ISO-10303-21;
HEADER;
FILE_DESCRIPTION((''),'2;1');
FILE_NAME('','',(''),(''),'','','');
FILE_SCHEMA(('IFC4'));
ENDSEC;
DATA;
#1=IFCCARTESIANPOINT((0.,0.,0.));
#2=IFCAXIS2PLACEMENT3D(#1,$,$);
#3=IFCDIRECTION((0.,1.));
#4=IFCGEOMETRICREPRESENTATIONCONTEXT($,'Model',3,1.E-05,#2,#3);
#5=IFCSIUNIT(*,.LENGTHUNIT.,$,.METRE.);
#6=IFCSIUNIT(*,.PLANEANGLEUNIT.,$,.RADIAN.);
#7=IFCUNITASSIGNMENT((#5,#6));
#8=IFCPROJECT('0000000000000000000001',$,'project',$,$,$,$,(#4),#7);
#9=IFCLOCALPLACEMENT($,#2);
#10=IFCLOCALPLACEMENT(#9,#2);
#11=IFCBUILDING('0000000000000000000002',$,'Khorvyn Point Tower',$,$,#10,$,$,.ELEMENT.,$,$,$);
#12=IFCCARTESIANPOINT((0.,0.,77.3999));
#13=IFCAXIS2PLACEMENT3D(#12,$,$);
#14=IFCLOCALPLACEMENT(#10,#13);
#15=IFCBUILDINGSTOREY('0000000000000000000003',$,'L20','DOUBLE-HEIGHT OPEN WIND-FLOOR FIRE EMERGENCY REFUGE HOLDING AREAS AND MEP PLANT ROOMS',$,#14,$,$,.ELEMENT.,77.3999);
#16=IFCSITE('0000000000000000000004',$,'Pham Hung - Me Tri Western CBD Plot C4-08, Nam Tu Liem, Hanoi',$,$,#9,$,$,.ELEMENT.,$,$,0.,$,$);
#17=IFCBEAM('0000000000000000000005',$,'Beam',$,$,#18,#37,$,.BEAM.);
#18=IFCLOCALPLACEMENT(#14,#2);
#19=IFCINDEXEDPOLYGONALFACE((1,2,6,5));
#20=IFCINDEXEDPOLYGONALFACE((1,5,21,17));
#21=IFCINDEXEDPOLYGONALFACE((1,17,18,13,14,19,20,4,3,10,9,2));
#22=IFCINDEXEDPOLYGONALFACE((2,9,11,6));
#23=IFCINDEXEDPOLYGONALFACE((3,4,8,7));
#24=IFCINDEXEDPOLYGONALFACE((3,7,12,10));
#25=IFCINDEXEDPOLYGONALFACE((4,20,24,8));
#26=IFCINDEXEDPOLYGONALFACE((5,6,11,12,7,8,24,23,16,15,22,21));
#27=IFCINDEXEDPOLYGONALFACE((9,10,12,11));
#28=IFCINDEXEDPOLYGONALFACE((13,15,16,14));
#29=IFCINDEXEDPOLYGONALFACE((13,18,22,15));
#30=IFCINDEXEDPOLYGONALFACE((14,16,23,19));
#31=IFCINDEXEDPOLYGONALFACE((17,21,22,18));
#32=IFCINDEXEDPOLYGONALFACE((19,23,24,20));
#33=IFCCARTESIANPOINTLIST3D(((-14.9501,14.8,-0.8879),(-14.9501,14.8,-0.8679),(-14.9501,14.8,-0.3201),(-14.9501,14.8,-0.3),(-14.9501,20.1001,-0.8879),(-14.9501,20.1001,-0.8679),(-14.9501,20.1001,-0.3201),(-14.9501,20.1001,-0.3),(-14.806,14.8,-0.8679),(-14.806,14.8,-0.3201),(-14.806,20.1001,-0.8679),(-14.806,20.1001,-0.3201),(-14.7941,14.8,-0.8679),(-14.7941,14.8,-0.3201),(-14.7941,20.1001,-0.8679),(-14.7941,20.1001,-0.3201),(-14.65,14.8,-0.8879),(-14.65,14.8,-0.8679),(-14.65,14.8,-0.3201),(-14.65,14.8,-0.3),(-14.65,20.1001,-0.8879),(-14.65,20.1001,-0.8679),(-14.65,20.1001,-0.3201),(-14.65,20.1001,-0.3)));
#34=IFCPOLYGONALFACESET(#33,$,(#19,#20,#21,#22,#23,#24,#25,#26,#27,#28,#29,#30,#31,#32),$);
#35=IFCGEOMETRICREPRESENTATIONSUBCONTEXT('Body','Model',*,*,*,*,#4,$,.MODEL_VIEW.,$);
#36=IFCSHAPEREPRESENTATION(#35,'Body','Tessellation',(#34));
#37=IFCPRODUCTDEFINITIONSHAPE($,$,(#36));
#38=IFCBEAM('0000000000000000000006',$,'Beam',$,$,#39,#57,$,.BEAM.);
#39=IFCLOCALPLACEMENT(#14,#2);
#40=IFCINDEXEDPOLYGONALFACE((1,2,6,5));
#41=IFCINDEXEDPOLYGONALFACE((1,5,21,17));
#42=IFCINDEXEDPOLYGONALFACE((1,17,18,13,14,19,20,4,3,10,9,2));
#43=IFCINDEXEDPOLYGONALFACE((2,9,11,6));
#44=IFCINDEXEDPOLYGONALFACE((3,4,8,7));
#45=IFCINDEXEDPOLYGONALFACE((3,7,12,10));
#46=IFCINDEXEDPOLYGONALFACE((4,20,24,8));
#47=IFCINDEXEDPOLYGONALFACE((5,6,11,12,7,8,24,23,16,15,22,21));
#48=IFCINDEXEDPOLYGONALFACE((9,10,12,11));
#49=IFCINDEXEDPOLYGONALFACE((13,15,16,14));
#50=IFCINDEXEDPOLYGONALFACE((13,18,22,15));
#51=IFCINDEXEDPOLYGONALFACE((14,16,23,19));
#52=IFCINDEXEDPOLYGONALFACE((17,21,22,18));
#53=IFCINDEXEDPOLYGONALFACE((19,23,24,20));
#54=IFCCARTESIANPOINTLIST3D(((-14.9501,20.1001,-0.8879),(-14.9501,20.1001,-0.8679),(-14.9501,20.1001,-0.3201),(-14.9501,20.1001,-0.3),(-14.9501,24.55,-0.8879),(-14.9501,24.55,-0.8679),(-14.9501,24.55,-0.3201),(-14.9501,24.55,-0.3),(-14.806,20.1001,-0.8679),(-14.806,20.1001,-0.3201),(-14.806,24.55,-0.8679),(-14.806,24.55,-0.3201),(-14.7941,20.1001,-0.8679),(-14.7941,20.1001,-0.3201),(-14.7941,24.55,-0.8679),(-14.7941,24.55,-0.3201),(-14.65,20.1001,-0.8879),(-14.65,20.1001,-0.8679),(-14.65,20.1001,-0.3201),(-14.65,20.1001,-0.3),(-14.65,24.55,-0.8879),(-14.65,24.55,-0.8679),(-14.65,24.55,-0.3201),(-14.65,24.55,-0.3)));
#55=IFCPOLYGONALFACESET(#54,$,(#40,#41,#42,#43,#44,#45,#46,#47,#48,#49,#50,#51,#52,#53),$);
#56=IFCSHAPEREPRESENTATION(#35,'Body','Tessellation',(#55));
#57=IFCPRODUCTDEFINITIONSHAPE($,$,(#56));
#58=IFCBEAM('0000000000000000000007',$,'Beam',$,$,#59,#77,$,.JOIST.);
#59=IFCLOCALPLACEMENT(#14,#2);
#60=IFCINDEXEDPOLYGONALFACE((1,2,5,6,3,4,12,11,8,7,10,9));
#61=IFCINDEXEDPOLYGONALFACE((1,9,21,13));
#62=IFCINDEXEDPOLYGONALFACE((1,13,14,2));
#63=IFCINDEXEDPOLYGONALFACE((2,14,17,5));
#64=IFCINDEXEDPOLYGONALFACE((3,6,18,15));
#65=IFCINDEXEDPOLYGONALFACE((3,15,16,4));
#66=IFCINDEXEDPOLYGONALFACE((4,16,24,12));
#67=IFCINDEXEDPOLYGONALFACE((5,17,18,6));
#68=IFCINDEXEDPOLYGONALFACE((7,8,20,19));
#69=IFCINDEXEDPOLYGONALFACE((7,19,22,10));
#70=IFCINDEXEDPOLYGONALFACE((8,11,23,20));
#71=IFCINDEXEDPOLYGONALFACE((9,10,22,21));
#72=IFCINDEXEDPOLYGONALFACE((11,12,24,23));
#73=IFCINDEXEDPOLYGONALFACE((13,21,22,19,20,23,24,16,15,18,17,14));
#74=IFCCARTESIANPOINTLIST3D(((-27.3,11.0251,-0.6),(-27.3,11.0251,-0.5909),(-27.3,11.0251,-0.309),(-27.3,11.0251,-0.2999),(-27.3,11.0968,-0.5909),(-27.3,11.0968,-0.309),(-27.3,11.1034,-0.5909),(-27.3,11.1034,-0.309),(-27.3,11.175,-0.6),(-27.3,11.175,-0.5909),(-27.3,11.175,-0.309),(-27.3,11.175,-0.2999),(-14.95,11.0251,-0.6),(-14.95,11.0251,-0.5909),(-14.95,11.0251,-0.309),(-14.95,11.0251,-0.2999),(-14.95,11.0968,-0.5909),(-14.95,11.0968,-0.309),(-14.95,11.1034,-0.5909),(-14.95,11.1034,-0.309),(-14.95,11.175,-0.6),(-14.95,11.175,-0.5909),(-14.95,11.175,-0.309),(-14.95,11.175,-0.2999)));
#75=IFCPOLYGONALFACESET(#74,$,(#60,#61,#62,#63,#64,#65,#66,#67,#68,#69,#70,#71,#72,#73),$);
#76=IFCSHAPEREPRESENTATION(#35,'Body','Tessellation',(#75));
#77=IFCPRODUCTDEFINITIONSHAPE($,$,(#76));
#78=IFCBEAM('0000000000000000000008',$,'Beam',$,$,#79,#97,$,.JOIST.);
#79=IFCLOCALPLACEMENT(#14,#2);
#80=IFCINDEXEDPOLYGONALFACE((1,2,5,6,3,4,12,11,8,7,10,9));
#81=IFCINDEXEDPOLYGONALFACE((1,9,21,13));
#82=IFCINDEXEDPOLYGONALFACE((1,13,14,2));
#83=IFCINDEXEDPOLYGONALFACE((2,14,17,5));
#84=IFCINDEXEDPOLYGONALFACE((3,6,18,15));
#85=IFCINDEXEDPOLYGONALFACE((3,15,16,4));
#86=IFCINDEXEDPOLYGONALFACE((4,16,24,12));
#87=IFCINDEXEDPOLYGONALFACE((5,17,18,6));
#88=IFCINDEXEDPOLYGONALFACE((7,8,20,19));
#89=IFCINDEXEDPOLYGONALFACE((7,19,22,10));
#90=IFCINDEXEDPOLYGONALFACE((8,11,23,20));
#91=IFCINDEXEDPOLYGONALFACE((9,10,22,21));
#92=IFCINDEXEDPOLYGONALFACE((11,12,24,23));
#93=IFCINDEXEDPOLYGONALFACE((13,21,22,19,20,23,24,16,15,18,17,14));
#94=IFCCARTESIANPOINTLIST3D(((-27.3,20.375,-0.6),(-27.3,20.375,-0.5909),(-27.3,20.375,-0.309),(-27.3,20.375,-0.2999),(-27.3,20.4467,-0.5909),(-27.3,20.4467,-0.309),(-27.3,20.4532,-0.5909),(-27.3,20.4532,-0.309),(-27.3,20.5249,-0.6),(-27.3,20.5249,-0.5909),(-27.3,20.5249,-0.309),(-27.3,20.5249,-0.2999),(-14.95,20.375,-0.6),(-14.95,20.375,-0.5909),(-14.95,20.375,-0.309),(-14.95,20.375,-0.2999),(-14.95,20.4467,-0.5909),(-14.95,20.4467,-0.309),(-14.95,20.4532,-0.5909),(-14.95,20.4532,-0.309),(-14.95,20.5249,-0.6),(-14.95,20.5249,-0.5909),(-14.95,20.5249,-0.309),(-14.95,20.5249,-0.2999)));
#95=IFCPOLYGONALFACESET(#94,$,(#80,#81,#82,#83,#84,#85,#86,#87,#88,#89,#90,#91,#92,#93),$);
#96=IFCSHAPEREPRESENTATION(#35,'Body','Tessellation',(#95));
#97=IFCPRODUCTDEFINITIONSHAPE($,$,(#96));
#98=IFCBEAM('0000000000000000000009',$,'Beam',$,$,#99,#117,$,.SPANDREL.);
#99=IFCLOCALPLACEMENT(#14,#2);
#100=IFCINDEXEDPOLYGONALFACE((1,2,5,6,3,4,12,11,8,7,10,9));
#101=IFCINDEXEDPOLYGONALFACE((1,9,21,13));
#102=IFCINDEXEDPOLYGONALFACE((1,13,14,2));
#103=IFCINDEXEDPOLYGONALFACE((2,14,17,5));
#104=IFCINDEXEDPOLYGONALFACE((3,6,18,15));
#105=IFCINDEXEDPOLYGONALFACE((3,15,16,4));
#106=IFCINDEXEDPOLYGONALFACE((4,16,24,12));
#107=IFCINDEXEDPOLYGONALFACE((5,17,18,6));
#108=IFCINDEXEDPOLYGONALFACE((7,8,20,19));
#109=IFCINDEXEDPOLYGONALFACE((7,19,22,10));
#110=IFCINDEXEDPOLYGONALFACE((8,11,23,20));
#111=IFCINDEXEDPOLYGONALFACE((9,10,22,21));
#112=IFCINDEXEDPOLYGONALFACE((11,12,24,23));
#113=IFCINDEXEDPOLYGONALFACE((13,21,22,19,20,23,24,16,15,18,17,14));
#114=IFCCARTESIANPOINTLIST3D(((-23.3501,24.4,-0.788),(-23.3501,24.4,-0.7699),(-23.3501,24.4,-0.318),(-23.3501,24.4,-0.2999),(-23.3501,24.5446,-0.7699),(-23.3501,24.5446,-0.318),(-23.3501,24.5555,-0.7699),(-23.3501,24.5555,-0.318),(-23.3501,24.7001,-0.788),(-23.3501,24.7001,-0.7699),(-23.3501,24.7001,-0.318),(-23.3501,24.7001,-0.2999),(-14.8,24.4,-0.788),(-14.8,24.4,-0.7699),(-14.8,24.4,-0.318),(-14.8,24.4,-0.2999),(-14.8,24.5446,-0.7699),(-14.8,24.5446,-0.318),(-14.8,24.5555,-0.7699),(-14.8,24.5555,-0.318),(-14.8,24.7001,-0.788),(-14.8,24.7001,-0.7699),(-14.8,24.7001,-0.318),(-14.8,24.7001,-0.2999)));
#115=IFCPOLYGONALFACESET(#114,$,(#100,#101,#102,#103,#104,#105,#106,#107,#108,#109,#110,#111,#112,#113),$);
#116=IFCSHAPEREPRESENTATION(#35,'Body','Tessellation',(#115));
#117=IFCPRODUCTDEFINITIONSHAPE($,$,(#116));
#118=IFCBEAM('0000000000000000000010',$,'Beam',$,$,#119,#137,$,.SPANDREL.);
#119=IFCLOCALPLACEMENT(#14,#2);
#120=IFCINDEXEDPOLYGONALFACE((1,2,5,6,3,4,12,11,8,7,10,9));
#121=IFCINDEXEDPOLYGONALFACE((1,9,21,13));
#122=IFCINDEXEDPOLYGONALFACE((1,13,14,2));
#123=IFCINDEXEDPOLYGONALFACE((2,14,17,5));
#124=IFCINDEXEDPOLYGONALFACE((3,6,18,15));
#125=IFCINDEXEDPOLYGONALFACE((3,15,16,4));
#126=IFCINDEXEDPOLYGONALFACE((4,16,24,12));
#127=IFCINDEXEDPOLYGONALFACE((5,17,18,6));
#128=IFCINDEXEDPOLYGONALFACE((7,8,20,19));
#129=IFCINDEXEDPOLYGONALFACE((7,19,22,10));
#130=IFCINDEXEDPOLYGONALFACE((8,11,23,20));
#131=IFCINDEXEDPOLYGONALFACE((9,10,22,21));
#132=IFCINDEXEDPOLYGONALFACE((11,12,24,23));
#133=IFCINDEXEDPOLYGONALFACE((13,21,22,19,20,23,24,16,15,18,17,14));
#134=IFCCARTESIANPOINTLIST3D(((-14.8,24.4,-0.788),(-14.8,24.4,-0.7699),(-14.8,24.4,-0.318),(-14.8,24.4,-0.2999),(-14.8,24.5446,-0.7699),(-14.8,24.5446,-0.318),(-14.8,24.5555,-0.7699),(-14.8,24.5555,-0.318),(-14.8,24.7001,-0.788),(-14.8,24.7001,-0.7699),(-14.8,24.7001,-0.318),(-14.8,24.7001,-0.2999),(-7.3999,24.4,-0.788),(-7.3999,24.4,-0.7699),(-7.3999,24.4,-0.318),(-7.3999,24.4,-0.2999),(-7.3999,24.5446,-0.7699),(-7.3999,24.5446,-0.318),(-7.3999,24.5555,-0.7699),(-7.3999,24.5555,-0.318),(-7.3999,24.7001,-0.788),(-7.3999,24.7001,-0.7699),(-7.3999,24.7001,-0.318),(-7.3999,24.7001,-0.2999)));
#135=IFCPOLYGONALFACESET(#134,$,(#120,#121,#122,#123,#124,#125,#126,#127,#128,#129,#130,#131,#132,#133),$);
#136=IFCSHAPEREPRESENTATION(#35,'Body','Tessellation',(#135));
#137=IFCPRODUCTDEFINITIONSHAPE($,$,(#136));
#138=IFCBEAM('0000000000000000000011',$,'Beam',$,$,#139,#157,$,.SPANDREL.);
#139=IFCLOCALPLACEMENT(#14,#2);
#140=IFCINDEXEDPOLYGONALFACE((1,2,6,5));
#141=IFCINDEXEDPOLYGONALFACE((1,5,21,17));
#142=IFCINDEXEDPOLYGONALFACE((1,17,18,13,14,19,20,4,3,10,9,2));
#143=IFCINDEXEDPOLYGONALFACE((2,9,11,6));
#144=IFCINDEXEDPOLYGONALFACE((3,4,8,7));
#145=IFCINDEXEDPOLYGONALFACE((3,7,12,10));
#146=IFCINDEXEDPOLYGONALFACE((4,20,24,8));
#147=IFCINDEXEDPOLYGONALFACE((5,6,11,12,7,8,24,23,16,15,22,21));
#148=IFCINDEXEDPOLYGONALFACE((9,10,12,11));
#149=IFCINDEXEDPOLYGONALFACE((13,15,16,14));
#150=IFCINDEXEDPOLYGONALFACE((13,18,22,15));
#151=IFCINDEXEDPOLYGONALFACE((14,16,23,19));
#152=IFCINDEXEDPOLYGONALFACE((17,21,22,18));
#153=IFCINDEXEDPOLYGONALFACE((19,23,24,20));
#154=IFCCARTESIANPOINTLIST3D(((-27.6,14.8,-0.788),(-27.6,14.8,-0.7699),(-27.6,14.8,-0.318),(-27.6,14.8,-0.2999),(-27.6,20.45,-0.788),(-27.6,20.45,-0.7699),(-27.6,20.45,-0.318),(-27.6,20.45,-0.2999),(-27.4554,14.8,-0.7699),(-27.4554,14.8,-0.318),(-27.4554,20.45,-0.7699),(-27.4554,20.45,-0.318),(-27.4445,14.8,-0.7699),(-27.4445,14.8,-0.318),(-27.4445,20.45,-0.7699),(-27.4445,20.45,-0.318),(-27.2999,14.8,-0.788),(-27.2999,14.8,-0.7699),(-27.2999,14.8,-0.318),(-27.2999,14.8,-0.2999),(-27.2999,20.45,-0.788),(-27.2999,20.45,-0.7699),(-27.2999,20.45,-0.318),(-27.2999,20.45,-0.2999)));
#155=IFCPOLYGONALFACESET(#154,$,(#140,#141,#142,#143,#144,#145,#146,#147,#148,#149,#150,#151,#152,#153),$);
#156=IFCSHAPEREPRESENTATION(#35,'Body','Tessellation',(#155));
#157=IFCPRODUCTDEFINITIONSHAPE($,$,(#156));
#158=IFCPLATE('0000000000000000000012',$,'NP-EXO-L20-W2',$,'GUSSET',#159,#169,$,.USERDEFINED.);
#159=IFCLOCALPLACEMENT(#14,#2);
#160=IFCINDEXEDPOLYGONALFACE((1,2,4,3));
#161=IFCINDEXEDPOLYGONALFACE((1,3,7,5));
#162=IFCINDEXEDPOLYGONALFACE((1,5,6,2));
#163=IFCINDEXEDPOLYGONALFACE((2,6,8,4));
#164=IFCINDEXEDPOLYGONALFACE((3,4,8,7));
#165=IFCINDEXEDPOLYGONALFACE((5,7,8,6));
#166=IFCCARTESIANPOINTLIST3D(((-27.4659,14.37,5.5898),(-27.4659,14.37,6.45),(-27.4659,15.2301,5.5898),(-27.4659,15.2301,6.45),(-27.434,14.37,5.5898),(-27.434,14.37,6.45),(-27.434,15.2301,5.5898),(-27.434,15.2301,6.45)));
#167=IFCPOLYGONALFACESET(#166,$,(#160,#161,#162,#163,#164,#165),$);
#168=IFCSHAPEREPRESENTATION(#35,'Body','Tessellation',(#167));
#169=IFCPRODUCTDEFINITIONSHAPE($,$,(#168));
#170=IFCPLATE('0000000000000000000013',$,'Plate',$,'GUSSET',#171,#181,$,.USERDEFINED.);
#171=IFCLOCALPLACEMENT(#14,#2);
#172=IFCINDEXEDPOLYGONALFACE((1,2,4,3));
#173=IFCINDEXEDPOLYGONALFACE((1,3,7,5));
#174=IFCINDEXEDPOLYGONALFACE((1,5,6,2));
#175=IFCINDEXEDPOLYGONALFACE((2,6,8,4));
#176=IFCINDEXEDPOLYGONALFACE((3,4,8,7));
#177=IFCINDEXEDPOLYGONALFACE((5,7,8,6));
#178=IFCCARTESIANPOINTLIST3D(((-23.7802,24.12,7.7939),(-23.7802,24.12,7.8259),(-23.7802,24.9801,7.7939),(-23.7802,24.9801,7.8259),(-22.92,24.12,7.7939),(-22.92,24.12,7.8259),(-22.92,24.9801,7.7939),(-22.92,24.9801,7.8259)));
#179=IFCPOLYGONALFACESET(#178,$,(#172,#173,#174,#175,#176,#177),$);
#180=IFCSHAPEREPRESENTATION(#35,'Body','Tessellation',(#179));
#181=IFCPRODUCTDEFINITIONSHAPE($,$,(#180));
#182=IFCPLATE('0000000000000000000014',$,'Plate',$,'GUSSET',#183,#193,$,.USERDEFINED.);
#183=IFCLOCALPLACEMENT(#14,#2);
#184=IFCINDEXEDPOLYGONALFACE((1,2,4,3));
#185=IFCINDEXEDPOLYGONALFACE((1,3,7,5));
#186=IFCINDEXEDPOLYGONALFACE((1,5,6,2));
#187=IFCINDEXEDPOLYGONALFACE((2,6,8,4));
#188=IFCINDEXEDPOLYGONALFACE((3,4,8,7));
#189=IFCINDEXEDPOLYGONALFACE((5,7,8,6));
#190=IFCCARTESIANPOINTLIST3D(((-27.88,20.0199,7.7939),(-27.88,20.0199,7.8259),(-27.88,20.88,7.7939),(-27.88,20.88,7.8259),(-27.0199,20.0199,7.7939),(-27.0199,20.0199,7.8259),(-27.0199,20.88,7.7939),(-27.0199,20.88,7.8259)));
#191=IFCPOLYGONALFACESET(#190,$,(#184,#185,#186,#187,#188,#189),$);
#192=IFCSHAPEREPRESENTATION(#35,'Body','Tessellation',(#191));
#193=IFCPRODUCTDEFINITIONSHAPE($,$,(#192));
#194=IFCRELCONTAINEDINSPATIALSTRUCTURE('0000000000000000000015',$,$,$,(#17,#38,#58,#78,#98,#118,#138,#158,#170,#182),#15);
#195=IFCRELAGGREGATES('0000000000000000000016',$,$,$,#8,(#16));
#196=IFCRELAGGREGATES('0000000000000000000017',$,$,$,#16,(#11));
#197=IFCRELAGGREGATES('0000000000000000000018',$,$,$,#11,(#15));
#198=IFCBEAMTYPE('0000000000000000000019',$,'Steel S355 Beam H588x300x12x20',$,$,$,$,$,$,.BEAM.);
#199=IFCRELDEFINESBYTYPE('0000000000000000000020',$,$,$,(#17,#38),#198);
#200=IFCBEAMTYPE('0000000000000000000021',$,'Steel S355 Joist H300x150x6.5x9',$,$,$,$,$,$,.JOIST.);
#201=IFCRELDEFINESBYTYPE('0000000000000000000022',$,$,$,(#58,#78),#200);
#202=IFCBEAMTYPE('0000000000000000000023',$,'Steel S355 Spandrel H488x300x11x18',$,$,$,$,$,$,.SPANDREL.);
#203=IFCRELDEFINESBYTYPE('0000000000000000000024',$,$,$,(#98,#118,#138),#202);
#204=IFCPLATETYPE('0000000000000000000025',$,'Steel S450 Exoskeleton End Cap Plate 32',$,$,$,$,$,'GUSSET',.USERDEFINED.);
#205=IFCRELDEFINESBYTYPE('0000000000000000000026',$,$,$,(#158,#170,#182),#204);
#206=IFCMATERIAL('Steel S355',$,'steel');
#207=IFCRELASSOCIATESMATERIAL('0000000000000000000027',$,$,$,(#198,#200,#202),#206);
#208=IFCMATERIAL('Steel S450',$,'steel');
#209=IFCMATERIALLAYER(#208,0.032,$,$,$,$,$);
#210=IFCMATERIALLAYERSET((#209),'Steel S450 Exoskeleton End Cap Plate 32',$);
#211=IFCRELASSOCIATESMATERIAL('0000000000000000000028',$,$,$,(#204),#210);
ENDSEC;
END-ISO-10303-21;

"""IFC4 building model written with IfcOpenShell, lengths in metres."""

from ifc_helpers import new_model, si_unit, direction, frame, origin, origin_2d, place, context, subcontext, project, spatial, rectangle, i_section, extrude, material, layer, layer_set, material_profile, profile_set, type_object, element, save


model = new_model("IFC4")

# Units and contexts
model_context = context("Model", 3, precision=1e-05, world=origin(), true_north=direction((0.0, 1.0)))
body_context = subcontext(model_context, "Body", "Model", "MODEL_VIEW")
ifc_project = project(units=[si_unit("LENGTHUNIT", "METRE"), si_unit("PLANEANGLEUNIT", "RADIAN")], contexts=[model_context])

# Site, building, storey
site_placement = place(None, origin())
site = spatial("IfcSite", under=ifc_project, at=site_placement, Name="Pham Hung - Me Tri Western CBD Plot C4-08, Nam Tu Liem, Hanoi", CompositionType="ELEMENT", RefElevation=0.0)
building_placement = place(site_placement, origin())
building = spatial("IfcBuilding", under=site, at=building_placement, Name="Khorvyn Point Tower", CompositionType="ELEMENT")
storey_placement = place(building_placement, frame((0.0, 0.0, 77.3999)))
storey = spatial("IfcBuildingStorey", under=building, at=storey_placement, Name="L20", Description="DOUBLE-HEIGHT OPEN WIND-FLOOR FIRE EMERGENCY REFUGE HOLDING AREAS AND MEP PLANT ROOMS", CompositionType="ELEMENT", Elevation=77.3999)

# Shared definitions
ifc_material_1 = material(Name="Steel S450", Category="steel")

# Beams
ifc_material_2 = material(Name="Steel S355", Category="steel")
ifc_material_profile_1 = material_profile(ifc_material_2, i_section(OverallWidth=0.3, OverallDepth=0.5879, WebThickness=0.012, FlangeThickness=0.02, at=origin_2d()))
ifc_profile_set_1 = profile_set([ifc_material_profile_1], Name="Steel S355 H588x300x12x20")
beam_type_1 = type_object("IfcBeamType", Name="Steel S355 Beam H588x300x12x20", PredefinedType="BEAM", material=ifc_profile_set_1)
beam_1_placement = place(storey_placement, frame((-14.8, 14.8, -0.594), z_axis=(0.0, 1.0, 0.0), x_axis=(-1.0, 0.0, 0.0)))
element("IfcBeam", 1, at=beam_1_placement, inside=storey, type_object=beam_type_1, Name="Beam", PredefinedType="BEAM", context=body_context, shape_type="SweptSolid", body=[
    extrude(i_section(OverallWidth=0.3, OverallDepth=0.5879, WebThickness=0.012, FlangeThickness=0.02, at=origin_2d()), origin(), (0.0, 0.0, 1.0), 5.3),
])
beam_2_placement = place(storey_placement, frame((-14.8, 20.1001, -0.594), z_axis=(0.0, 1.0, 0.0), x_axis=(-1.0, 0.0, 0.0)))
element("IfcBeam", 2, at=beam_2_placement, inside=storey, type_object=beam_type_1, Name="Beam", PredefinedType="BEAM", context=body_context, shape_type="SweptSolid", body=[
    extrude(i_section(OverallWidth=0.3, OverallDepth=0.5879, WebThickness=0.012, FlangeThickness=0.02, at=origin_2d()), origin(), (0.0, 0.0, 1.0), 4.45),
])
ifc_material_profile_2 = material_profile(ifc_material_2, i_section(OverallWidth=0.1499, OverallDepth=0.3, WebThickness=0.0066, FlangeThickness=0.009, at=origin_2d()))
ifc_profile_set_2 = profile_set([ifc_material_profile_2], Name="Steel S355 H300x150x6.5x9")
beam_type_2 = type_object("IfcBeamType", Name="Steel S355 Joist H300x150x6.5x9", PredefinedType="JOIST", material=ifc_profile_set_2)
for number, where, z_axis, x_axis, name in (
    (3, (-27.3, 11.1001, -0.45), (1.0, 0.0, 0.0), (0.0, 1.0, 0.0), "Beam"),
    (4, (-27.3, 20.45, -0.45), (1.0, 0.0, 0.0), (0.0, 1.0, 0.0), "Beam"),
):
    element("IfcBeam", number, at=place(storey_placement, frame(where, z_axis=z_axis, x_axis=x_axis)), inside=storey, type_object=beam_type_2, Name=name, PredefinedType="JOIST", context=body_context, shape_type="SweptSolid", body=[
        extrude(i_section(OverallWidth=0.1499, OverallDepth=0.3, WebThickness=0.0066, FlangeThickness=0.009, at=origin_2d()), origin(), (0.0, 0.0, 1.0), 12.3501),
    ])
ifc_material_profile_3 = material_profile(ifc_material_2, i_section(OverallWidth=0.3, OverallDepth=0.488, WebThickness=0.011, FlangeThickness=0.0181, at=origin_2d()))
ifc_profile_set_3 = profile_set([ifc_material_profile_3], Name="Steel S355 H488x300x11x18")
beam_type_3 = type_object("IfcBeamType", Name="Steel S355 Spandrel H488x300x11x18", PredefinedType="SPANDREL", material=ifc_profile_set_3)
beam_3_placement = place(storey_placement, frame((-23.3501, 24.55, -0.5439), z_axis=(1.0, 0.0, 0.0), x_axis=(0.0, 1.0, 0.0)))
element("IfcBeam", 5, at=beam_3_placement, inside=storey, type_object=beam_type_3, Name="Beam", PredefinedType="SPANDREL", context=body_context, shape_type="SweptSolid", body=[
    extrude(i_section(OverallWidth=0.3, OverallDepth=0.488, WebThickness=0.011, FlangeThickness=0.0181, at=origin_2d()), origin(), (0.0, 0.0, 1.0), 8.55),
])
beam_4_placement = place(storey_placement, frame((-14.8, 24.55, -0.5439), z_axis=(1.0, 0.0, 0.0), x_axis=(0.0, 1.0, 0.0)))
element("IfcBeam", 6, at=beam_4_placement, inside=storey, type_object=beam_type_3, Name="Beam", PredefinedType="SPANDREL", context=body_context, shape_type="SweptSolid", body=[
    extrude(i_section(OverallWidth=0.3, OverallDepth=0.488, WebThickness=0.011, FlangeThickness=0.0181, at=origin_2d()), origin(), (0.0, 0.0, 1.0), 7.4001),
])
beam_5_placement = place(storey_placement, frame((-27.45, 14.8, -0.5439), z_axis=(0.0, 1.0, 0.0), x_axis=(-1.0, 0.0, 0.0)))
element("IfcBeam", 7, at=beam_5_placement, inside=storey, type_object=beam_type_3, Name="Beam", PredefinedType="SPANDREL", context=body_context, shape_type="SweptSolid", body=[
    extrude(i_section(OverallWidth=0.3, OverallDepth=0.488, WebThickness=0.011, FlangeThickness=0.0181, at=origin_2d()), origin(), (0.0, 0.0, 1.0), 5.6499),
])

# Plates
ifc_layer_1 = layer(ifc_material_1, 0.032)
ifc_layer_set_1 = layer_set([ifc_layer_1], Name="Steel S450 Exoskeleton End Cap Plate 32")
plate_type = type_object("IfcPlateType", Name="Steel S450 Exoskeleton End Cap Plate 32", ElementType="GUSSET", PredefinedType="USERDEFINED", material=ifc_layer_set_1)
plate_placement = place(storey_placement, frame((-27.45, 14.8, 5.5898), z_axis=(0.0, 0.0, 1.0), x_axis=(1.0, 0.0, 0.0)))
element("IfcPlate", 8, at=plate_placement, inside=storey, type_object=plate_type, Name="NP-EXO-L20-W2", ObjectType="GUSSET", PredefinedType="USERDEFINED", context=body_context, shape_type="SweptSolid", body=[
    extrude(rectangle(XDim=0.032, YDim=0.8601, at=origin_2d()), origin(), (0.0, 0.0, 1.0), 0.8601),
])
for number, where, z_axis, x_axis, name in (
    (9, (-23.3501, 24.55, 7.7939), (0.0, 0.0, 1.0), (1.0, 0.0, 0.0), "Plate"),
    (10, (-27.45, 20.45, 7.7939), (0.0, 0.0, 1.0), (1.0, 0.0, 0.0), "Plate"),
):
    element("IfcPlate", number, at=place(storey_placement, frame(where, z_axis=z_axis, x_axis=x_axis)), inside=storey, type_object=plate_type, Name=name, ObjectType="GUSSET", PredefinedType="USERDEFINED", context=body_context, shape_type="SweptSolid", body=[
        extrude(rectangle(XDim=0.8601, YDim=0.8601, at=origin_2d()), origin(), (0.0, 0.0, 1.0), 0.032),
    ])

save(model, "model.ifc")
